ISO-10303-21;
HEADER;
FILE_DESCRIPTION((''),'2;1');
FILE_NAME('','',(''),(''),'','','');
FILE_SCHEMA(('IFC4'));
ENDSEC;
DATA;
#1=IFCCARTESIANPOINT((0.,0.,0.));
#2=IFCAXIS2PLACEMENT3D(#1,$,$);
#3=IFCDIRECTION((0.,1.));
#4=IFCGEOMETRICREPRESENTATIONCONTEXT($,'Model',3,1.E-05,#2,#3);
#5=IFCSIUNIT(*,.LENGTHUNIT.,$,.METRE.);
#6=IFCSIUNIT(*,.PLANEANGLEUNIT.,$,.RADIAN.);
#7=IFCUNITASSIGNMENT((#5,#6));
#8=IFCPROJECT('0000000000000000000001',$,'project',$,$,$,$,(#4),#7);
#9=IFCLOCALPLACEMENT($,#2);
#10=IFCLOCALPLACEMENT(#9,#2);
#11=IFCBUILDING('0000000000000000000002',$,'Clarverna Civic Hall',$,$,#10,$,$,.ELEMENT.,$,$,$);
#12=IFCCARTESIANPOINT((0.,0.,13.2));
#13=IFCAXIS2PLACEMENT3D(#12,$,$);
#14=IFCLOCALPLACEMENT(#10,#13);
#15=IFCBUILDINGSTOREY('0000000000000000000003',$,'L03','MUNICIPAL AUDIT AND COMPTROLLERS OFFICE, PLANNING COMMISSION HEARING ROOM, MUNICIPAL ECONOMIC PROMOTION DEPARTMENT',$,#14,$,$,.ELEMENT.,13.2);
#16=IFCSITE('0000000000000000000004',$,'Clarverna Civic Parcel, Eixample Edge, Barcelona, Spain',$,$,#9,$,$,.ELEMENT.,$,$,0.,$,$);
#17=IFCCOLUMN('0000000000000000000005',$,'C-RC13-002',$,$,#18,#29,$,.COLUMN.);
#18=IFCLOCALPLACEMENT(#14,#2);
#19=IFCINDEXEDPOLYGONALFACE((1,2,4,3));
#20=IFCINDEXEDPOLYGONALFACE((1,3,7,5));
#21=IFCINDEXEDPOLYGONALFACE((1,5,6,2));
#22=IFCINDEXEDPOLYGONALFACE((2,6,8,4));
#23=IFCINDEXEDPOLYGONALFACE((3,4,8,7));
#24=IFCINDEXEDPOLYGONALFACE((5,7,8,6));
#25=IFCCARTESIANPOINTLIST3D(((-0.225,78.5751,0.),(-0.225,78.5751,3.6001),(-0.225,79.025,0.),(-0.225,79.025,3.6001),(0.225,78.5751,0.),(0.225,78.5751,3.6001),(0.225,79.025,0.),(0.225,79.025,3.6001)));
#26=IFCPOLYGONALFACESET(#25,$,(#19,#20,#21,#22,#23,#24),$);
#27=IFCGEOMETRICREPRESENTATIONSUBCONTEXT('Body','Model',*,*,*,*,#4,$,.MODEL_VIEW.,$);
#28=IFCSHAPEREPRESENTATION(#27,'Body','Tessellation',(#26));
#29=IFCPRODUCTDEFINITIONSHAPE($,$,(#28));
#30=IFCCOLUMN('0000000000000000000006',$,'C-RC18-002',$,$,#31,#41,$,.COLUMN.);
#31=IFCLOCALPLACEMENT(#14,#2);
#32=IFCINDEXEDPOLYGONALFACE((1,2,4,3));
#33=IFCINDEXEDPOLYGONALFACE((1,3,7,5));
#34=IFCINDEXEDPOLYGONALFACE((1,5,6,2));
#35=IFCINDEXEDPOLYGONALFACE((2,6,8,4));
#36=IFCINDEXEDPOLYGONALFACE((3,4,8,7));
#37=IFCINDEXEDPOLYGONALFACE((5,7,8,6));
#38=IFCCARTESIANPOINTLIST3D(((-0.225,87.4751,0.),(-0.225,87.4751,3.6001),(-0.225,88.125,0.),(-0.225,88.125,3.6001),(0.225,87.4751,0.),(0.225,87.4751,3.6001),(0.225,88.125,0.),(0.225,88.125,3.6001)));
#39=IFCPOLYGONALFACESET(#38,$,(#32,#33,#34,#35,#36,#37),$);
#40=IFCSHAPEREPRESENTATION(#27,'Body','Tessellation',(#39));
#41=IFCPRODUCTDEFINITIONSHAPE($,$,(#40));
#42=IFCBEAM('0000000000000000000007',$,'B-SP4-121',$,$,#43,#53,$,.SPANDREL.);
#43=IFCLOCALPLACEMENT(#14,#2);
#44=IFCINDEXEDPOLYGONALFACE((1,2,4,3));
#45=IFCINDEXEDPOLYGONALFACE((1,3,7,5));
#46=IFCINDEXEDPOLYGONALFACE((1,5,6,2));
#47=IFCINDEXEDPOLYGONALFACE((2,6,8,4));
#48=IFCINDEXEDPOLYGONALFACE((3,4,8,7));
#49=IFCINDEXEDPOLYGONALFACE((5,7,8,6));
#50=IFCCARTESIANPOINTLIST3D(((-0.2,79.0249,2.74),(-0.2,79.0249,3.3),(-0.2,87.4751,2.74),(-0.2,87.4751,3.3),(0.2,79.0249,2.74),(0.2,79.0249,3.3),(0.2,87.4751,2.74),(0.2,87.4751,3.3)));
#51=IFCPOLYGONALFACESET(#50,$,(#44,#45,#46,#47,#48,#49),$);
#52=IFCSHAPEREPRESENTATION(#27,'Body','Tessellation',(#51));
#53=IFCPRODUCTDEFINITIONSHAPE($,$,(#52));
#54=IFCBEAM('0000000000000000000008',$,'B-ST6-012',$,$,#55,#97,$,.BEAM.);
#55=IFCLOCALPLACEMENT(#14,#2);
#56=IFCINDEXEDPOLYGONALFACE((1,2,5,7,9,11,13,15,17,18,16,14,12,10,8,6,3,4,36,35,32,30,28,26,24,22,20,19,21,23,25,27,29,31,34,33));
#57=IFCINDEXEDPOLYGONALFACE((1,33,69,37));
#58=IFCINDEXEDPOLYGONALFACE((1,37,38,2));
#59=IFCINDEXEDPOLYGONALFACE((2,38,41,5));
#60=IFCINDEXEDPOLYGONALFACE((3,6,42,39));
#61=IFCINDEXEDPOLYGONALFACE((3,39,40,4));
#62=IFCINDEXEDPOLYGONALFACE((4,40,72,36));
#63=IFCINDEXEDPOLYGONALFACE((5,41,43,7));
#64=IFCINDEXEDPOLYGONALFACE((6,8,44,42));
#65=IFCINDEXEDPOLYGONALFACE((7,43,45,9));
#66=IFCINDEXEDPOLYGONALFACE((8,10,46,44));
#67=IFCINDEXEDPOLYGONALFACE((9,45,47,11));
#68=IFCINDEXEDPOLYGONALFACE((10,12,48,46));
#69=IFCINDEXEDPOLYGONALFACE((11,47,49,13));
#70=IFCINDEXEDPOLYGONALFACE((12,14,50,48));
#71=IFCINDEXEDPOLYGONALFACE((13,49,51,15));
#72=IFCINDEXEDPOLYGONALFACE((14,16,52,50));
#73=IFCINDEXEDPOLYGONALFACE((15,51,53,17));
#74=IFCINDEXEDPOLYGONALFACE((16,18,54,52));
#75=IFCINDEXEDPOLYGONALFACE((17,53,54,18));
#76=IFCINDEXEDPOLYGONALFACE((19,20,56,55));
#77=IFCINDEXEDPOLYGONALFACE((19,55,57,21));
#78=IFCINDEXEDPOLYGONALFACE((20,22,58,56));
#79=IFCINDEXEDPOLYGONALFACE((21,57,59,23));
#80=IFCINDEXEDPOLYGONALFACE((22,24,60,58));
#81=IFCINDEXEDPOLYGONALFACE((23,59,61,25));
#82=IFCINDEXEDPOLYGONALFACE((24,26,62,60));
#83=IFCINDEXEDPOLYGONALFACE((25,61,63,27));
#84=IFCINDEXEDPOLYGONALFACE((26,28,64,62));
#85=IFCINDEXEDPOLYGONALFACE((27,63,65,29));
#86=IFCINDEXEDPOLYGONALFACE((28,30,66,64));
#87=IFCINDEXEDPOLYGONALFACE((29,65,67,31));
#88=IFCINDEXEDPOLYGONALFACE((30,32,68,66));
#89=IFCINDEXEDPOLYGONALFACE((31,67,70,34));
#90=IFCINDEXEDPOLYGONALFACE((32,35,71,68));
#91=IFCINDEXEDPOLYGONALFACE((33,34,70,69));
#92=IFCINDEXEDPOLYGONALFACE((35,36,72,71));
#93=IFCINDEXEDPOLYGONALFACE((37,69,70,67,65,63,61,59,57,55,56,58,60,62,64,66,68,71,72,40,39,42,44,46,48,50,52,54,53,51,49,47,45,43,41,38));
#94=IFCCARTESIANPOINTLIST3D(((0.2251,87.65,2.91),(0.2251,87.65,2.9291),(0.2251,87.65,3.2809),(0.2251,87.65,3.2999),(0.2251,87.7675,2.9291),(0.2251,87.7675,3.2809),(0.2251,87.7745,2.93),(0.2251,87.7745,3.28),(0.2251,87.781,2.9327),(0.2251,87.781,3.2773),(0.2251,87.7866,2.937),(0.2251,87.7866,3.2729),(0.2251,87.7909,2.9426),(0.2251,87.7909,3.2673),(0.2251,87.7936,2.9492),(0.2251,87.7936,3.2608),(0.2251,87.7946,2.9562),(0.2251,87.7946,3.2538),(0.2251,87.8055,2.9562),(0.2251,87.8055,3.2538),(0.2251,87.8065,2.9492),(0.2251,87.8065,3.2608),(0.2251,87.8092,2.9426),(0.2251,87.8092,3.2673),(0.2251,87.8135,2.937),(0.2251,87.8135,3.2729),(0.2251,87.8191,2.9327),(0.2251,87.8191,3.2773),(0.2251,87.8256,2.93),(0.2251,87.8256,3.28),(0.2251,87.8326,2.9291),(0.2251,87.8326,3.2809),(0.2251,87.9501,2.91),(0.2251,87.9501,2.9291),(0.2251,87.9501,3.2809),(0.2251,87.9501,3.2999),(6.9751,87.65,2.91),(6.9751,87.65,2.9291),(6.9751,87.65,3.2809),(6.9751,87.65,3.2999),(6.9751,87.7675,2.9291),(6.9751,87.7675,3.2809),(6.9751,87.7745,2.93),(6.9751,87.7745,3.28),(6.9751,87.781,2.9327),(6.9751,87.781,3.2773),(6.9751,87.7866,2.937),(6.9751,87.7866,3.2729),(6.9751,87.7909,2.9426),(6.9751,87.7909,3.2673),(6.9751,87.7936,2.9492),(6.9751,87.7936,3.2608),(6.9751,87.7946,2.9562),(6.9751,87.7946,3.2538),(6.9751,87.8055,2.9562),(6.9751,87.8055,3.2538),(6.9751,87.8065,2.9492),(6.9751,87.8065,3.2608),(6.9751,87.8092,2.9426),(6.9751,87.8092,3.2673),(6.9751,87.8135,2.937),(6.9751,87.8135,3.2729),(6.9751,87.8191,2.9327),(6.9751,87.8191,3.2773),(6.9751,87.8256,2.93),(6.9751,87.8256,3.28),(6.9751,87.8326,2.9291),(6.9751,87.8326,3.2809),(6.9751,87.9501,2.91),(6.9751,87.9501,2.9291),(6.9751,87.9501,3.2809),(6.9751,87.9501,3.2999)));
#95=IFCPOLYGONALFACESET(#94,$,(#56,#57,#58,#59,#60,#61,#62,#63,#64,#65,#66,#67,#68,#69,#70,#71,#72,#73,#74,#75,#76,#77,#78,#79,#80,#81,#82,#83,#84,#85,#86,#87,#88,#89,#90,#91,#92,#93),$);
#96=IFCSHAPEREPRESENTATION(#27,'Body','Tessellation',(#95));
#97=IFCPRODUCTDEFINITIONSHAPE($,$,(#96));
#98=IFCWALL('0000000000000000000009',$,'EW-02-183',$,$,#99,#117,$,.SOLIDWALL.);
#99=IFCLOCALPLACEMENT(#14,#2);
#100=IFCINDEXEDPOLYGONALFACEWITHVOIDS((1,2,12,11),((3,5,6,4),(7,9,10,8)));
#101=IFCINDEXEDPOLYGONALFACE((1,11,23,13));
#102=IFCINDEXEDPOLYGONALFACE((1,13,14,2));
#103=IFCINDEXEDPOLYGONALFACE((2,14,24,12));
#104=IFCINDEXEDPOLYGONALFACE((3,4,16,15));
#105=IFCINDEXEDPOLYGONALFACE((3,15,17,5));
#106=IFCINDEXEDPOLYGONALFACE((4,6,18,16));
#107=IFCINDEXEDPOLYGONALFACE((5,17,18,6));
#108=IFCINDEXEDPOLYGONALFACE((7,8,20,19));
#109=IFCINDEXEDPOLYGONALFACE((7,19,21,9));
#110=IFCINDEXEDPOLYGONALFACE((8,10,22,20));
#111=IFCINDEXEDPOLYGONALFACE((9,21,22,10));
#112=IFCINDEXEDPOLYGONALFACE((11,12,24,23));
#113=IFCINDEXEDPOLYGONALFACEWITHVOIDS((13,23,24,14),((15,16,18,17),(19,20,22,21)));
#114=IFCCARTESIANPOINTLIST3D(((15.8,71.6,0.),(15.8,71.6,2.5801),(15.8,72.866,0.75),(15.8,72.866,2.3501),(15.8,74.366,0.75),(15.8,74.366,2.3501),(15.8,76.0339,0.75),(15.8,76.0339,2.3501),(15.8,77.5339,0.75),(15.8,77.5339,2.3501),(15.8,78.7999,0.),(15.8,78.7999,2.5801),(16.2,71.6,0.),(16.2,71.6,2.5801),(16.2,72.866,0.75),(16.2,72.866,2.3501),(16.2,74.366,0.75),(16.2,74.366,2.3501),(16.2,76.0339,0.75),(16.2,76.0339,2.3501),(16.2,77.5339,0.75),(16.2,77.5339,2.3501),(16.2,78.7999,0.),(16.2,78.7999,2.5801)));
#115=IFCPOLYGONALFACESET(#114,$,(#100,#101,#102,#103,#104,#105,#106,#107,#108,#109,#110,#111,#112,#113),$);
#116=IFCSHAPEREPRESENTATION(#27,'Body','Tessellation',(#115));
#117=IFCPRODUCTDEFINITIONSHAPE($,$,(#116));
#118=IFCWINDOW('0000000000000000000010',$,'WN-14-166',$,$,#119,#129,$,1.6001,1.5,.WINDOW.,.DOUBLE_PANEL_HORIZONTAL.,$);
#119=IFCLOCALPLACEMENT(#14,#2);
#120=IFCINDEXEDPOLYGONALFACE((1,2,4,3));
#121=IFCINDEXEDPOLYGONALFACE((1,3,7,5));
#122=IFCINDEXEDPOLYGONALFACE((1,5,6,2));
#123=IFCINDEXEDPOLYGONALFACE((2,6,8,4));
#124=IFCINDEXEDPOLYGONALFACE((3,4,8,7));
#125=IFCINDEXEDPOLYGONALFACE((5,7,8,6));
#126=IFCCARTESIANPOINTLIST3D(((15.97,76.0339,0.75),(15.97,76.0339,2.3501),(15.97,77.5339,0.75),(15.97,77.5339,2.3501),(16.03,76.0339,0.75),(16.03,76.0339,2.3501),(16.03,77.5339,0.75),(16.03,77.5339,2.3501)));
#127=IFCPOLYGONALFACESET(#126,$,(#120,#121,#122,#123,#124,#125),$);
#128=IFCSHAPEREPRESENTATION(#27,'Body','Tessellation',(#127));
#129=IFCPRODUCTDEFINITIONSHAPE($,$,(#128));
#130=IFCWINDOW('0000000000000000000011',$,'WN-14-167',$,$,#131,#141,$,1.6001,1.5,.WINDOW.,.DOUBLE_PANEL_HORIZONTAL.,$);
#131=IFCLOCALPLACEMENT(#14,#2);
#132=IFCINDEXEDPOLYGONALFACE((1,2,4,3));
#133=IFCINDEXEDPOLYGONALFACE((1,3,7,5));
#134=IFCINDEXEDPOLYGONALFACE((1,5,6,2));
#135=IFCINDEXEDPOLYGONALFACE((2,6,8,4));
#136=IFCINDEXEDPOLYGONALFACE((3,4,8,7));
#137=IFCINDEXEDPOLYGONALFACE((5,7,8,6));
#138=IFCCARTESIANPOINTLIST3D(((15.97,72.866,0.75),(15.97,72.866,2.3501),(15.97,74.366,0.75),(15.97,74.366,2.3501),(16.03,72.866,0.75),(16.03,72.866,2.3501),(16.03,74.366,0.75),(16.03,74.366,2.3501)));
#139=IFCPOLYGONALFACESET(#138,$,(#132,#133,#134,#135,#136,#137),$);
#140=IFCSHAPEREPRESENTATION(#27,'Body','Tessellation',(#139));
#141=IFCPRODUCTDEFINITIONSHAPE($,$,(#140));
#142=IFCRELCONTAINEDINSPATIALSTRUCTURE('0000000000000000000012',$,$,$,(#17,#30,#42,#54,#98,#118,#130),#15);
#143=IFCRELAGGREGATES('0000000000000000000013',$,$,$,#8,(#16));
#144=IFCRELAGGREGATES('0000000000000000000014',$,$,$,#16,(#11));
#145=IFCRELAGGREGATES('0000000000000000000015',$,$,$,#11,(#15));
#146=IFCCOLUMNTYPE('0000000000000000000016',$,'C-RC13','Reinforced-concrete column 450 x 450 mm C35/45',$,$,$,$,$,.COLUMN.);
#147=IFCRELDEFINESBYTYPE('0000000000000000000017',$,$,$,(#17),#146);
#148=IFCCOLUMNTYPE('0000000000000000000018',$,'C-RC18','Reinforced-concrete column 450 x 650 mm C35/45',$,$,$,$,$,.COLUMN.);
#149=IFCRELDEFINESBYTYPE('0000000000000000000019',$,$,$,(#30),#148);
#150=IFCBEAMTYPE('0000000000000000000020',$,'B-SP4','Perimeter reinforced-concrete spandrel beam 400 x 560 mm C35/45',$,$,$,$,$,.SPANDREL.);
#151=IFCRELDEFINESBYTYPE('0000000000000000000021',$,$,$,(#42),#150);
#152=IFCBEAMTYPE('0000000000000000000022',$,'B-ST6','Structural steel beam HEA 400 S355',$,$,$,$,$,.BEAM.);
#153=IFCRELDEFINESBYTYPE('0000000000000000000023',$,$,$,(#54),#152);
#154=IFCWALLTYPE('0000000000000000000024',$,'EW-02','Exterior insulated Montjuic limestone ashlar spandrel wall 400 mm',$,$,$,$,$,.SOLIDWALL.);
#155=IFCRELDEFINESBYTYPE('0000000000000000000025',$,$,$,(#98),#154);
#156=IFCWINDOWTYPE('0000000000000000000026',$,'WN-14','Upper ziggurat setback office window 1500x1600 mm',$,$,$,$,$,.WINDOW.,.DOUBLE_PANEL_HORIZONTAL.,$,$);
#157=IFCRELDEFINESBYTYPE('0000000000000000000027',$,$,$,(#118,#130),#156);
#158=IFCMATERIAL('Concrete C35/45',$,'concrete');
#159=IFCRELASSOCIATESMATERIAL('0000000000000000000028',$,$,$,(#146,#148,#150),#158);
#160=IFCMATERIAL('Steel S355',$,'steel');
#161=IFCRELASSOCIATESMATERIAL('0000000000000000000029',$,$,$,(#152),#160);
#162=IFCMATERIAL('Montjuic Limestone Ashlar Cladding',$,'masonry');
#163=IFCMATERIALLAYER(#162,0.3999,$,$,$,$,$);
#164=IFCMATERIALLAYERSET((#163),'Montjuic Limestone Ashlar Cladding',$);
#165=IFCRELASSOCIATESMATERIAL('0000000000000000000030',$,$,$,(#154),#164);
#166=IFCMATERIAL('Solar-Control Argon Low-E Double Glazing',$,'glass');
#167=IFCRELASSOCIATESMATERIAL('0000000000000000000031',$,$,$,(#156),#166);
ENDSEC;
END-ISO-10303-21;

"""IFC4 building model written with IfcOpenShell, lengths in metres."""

from ifc_helpers import new_model, si_unit, direction, frame, frame_2d, origin, origin_2d, place, context, subcontext, project, spatial, rectangle, i_section, extrude, material, layer, layer_set, material_profile, profile_set, type_object, element, fill, save


model = new_model("IFC4")

# Units and contexts
model_context = context("Model", 3, precision=1e-05, world=origin(), true_north=direction((0.0, 1.0)))
body_context = subcontext(model_context, "Body", "Model", "MODEL_VIEW")
ifc_project = project(units=[si_unit("LENGTHUNIT", "METRE"), si_unit("PLANEANGLEUNIT", "RADIAN")], contexts=[model_context])

# Site, building, storey
site_placement = place(None, origin())
site = spatial("IfcSite", under=ifc_project, at=site_placement, Name="Clarverna Civic Parcel, Eixample Edge, Barcelona, Spain", CompositionType="ELEMENT", RefElevation=0.0)
building_placement = place(site_placement, origin())
building = spatial("IfcBuilding", under=site, at=building_placement, Name="Clarverna Civic Hall", CompositionType="ELEMENT")
storey_placement = place(building_placement, frame((0.0, 0.0, 13.2)))
storey = spatial("IfcBuildingStorey", under=building, at=storey_placement, Name="L03", Description="MUNICIPAL AUDIT AND COMPTROLLERS OFFICE, PLANNING COMMISSION HEARING ROOM, MUNICIPAL ECONOMIC PROMOTION DEPARTMENT", CompositionType="ELEMENT", Elevation=13.2)

# Columns
ifc_material_1 = material(Name="Concrete C35/45", Category="concrete")
ifc_material_profile_1 = material_profile(ifc_material_1, rectangle(XDim=0.45, YDim=0.45, at=origin_2d()), Name="RC 450x450")
ifc_profile_set_1 = profile_set([ifc_material_profile_1], Name="Concrete C35/45")
column_type_1 = type_object("IfcColumnType", Name="C-RC13", Description="Reinforced-concrete column 450 x 450 mm C35/45", PredefinedType="COLUMN", material=ifc_profile_set_1)
column_1_placement = place(storey_placement, frame((0.0, 78.8, 0.0), z_axis=(0.0, 0.0, 1.0), x_axis=(1.0, 0.0, 0.0)))
element("IfcColumn", 1, at=column_1_placement, inside=storey, type_object=column_type_1, Name="C-RC13-002", PredefinedType="COLUMN", context=body_context, shape_type="SweptSolid", body=[
    extrude(rectangle(XDim=0.45, YDim=0.45, at=origin_2d()), origin(), (0.0, 0.0, 1.0), 3.6001),
])
ifc_material_profile_2 = material_profile(ifc_material_1, rectangle(XDim=0.45, YDim=0.6499, at=origin_2d()), Name="RC 450x650")
ifc_profile_set_2 = profile_set([ifc_material_profile_2], Name="Concrete C35/45")
column_type_2 = type_object("IfcColumnType", Name="C-RC18", Description="Reinforced-concrete column 450 x 650 mm C35/45", PredefinedType="COLUMN", material=ifc_profile_set_2)
column_2_placement = place(storey_placement, frame((0.0, 87.8, 0.0), z_axis=(0.0, 0.0, 1.0), x_axis=(1.0, 0.0, 0.0)))
element("IfcColumn", 2, at=column_2_placement, inside=storey, type_object=column_type_2, Name="C-RC18-002", PredefinedType="COLUMN", context=body_context, shape_type="SweptSolid", body=[
    extrude(rectangle(XDim=0.45, YDim=0.6499, at=origin_2d()), origin(), (0.0, 0.0, 1.0), 3.6001),
])

# Beams
ifc_material_profile_3 = material_profile(ifc_material_1, rectangle(XDim=0.3999, YDim=0.5601, at=origin_2d()), Name="RC 400x560")
ifc_profile_set_3 = profile_set([ifc_material_profile_3], Name="Concrete C35/45")
beam_type_1 = type_object("IfcBeamType", Name="B-SP4", Description="Perimeter reinforced-concrete spandrel beam 400 x 560 mm C35/45", PredefinedType="SPANDREL", material=ifc_profile_set_3)
beam_1_placement = place(storey_placement, frame((0.0, 79.0249, 3.02), z_axis=(0.0, 1.0, 0.0), x_axis=(-1.0, 0.0, 0.0)))
element("IfcBeam", 3, at=beam_1_placement, inside=storey, type_object=beam_type_1, Name="B-SP4-121", PredefinedType="SPANDREL", context=body_context, shape_type="SweptSolid", body=[
    extrude(rectangle(XDim=0.3999, YDim=0.5601, at=origin_2d()), origin(), (0.0, 0.0, 1.0), 8.4502),
])
ifc_material_2 = material(Name="Steel S355", Category="steel")
ifc_material_profile_4 = material_profile(ifc_material_2, i_section(OverallWidth=0.3, OverallDepth=0.3899, WebThickness=0.011, FlangeThickness=0.019, FilletRadius=0.0271, at=origin_2d()), Name="HEA 400")
ifc_profile_set_4 = profile_set([ifc_material_profile_4], Name="Steel S355")
beam_type_2 = type_object("IfcBeamType", Name="B-ST6", Description="Structural steel beam HEA 400 S355", PredefinedType="BEAM", material=ifc_profile_set_4)
beam_2_placement = place(storey_placement, frame((0.2251, 87.8, 3.105), z_axis=(1.0, 0.0, 0.0), x_axis=(0.0, 1.0, 0.0)))
element("IfcBeam", 4, at=beam_2_placement, inside=storey, type_object=beam_type_2, Name="B-ST6-012", PredefinedType="BEAM", context=body_context, shape_type="SweptSolid", body=[
    extrude(i_section(OverallWidth=0.3, OverallDepth=0.3899, WebThickness=0.011, FlangeThickness=0.019, FilletRadius=0.0271, at=origin_2d()), origin(), (0.0, 0.0, 1.0), 6.75),
])

# Wall, openings, windows
ifc_material_3 = material(Name="Montjuic Limestone Ashlar Cladding", Category="masonry")
ifc_layer_1 = layer(ifc_material_3, 0.3999)
ifc_layer_set_1 = layer_set([ifc_layer_1], Name="Montjuic Limestone Ashlar Cladding")
wall_type_1 = type_object("IfcWallType", Name="EW-02", Description="Exterior insulated Montjuic limestone ashlar spandrel wall 400 mm", PredefinedType="SOLIDWALL", material=ifc_layer_set_1)
wall_1_placement = place(storey_placement, frame((16.0, 78.8, 0.0), z_axis=(0.0, 0.0, 1.0), x_axis=(0.0, -1.0, 0.0)))
wall_1 = element("IfcWall", 5, at=wall_1_placement, inside=storey, type_object=wall_type_1, Name="EW-02-183", PredefinedType="SOLIDWALL", context=body_context, shape_type="SweptSolid", body=[
    extrude(rectangle(XDim=7.2, YDim=0.3999, at=frame_2d((3.6001, 0.0))), origin(), (0.0, 0.0, 1.0), 2.5801),
])
opening_1_placement = place(wall_1_placement, frame((1.2661, 0.0, 0.75)))
opening_1 = element("IfcOpeningElement", 6, at=opening_1_placement, cuts=wall_1, PredefinedType="OPENING", context=body_context, shape_type="SweptSolid", body=[
    extrude(rectangle(XDim=1.5, YDim=1.6001, at=frame_2d((0.75, 0.8))), frame((0.0, 0.21, 0.0), z_axis=(0.0, -1.0, 0.0), x_axis=(1.0, 0.0, 0.0)), (0.0, 0.0, 1.0), 0.4199),
])
opening_2_placement = place(wall_1_placement, frame((4.4341, 0.0, 0.75)))
opening_2 = element("IfcOpeningElement", 7, at=opening_2_placement, cuts=wall_1, PredefinedType="OPENING", context=body_context, shape_type="SweptSolid", body=[
    extrude(rectangle(XDim=1.5, YDim=1.6001, at=frame_2d((0.75, 0.8))), frame((0.0, 0.21, 0.0), z_axis=(0.0, -1.0, 0.0), x_axis=(1.0, 0.0, 0.0)), (0.0, 0.0, 1.0), 0.4199),
])
ifc_material_4 = material(Name="Solar-Control Argon Low-E Double Glazing", Category="glass")
window_type = type_object("IfcWindowType", Name="WN-14", Description="Upper ziggurat setback office window 1500x1600 mm", PartitioningType="DOUBLE_PANEL_HORIZONTAL", PredefinedType="WINDOW", material=ifc_material_4)
window_1_placement = place(opening_1_placement, origin())
window_1 = element("IfcWindow", 8, at=window_1_placement, inside=storey, type_object=window_type, Name="WN-14-166", OverallHeight=1.6001, OverallWidth=1.5, PartitioningType="DOUBLE_PANEL_HORIZONTAL", PredefinedType="WINDOW", context=body_context, shape_type="SweptSolid", body=[
    extrude(rectangle(XDim=1.5, YDim=1.6001, at=frame_2d((0.75, 0.8))), frame((0.0, 0.03, 0.0), z_axis=(0.0, -1.0, 0.0), x_axis=(1.0, 0.0, 0.0)), (0.0, 0.0, 1.0), 0.0601),
])
fill(opening_1, window_1)
window_2_placement = place(opening_2_placement, origin())
window_2 = element("IfcWindow", 9, at=window_2_placement, inside=storey, type_object=window_type, Name="WN-14-167", OverallHeight=1.6001, OverallWidth=1.5, PartitioningType="DOUBLE_PANEL_HORIZONTAL", PredefinedType="WINDOW", context=body_context, shape_type="SweptSolid", body=[
    extrude(rectangle(XDim=1.5, YDim=1.6001, at=frame_2d((0.75, 0.8))), frame((0.0, 0.03, 0.0), z_axis=(0.0, -1.0, 0.0), x_axis=(1.0, 0.0, 0.0)), (0.0, 0.0, 1.0), 0.0601),
])
fill(opening_2, window_2)

save(model, "model.ifc")
